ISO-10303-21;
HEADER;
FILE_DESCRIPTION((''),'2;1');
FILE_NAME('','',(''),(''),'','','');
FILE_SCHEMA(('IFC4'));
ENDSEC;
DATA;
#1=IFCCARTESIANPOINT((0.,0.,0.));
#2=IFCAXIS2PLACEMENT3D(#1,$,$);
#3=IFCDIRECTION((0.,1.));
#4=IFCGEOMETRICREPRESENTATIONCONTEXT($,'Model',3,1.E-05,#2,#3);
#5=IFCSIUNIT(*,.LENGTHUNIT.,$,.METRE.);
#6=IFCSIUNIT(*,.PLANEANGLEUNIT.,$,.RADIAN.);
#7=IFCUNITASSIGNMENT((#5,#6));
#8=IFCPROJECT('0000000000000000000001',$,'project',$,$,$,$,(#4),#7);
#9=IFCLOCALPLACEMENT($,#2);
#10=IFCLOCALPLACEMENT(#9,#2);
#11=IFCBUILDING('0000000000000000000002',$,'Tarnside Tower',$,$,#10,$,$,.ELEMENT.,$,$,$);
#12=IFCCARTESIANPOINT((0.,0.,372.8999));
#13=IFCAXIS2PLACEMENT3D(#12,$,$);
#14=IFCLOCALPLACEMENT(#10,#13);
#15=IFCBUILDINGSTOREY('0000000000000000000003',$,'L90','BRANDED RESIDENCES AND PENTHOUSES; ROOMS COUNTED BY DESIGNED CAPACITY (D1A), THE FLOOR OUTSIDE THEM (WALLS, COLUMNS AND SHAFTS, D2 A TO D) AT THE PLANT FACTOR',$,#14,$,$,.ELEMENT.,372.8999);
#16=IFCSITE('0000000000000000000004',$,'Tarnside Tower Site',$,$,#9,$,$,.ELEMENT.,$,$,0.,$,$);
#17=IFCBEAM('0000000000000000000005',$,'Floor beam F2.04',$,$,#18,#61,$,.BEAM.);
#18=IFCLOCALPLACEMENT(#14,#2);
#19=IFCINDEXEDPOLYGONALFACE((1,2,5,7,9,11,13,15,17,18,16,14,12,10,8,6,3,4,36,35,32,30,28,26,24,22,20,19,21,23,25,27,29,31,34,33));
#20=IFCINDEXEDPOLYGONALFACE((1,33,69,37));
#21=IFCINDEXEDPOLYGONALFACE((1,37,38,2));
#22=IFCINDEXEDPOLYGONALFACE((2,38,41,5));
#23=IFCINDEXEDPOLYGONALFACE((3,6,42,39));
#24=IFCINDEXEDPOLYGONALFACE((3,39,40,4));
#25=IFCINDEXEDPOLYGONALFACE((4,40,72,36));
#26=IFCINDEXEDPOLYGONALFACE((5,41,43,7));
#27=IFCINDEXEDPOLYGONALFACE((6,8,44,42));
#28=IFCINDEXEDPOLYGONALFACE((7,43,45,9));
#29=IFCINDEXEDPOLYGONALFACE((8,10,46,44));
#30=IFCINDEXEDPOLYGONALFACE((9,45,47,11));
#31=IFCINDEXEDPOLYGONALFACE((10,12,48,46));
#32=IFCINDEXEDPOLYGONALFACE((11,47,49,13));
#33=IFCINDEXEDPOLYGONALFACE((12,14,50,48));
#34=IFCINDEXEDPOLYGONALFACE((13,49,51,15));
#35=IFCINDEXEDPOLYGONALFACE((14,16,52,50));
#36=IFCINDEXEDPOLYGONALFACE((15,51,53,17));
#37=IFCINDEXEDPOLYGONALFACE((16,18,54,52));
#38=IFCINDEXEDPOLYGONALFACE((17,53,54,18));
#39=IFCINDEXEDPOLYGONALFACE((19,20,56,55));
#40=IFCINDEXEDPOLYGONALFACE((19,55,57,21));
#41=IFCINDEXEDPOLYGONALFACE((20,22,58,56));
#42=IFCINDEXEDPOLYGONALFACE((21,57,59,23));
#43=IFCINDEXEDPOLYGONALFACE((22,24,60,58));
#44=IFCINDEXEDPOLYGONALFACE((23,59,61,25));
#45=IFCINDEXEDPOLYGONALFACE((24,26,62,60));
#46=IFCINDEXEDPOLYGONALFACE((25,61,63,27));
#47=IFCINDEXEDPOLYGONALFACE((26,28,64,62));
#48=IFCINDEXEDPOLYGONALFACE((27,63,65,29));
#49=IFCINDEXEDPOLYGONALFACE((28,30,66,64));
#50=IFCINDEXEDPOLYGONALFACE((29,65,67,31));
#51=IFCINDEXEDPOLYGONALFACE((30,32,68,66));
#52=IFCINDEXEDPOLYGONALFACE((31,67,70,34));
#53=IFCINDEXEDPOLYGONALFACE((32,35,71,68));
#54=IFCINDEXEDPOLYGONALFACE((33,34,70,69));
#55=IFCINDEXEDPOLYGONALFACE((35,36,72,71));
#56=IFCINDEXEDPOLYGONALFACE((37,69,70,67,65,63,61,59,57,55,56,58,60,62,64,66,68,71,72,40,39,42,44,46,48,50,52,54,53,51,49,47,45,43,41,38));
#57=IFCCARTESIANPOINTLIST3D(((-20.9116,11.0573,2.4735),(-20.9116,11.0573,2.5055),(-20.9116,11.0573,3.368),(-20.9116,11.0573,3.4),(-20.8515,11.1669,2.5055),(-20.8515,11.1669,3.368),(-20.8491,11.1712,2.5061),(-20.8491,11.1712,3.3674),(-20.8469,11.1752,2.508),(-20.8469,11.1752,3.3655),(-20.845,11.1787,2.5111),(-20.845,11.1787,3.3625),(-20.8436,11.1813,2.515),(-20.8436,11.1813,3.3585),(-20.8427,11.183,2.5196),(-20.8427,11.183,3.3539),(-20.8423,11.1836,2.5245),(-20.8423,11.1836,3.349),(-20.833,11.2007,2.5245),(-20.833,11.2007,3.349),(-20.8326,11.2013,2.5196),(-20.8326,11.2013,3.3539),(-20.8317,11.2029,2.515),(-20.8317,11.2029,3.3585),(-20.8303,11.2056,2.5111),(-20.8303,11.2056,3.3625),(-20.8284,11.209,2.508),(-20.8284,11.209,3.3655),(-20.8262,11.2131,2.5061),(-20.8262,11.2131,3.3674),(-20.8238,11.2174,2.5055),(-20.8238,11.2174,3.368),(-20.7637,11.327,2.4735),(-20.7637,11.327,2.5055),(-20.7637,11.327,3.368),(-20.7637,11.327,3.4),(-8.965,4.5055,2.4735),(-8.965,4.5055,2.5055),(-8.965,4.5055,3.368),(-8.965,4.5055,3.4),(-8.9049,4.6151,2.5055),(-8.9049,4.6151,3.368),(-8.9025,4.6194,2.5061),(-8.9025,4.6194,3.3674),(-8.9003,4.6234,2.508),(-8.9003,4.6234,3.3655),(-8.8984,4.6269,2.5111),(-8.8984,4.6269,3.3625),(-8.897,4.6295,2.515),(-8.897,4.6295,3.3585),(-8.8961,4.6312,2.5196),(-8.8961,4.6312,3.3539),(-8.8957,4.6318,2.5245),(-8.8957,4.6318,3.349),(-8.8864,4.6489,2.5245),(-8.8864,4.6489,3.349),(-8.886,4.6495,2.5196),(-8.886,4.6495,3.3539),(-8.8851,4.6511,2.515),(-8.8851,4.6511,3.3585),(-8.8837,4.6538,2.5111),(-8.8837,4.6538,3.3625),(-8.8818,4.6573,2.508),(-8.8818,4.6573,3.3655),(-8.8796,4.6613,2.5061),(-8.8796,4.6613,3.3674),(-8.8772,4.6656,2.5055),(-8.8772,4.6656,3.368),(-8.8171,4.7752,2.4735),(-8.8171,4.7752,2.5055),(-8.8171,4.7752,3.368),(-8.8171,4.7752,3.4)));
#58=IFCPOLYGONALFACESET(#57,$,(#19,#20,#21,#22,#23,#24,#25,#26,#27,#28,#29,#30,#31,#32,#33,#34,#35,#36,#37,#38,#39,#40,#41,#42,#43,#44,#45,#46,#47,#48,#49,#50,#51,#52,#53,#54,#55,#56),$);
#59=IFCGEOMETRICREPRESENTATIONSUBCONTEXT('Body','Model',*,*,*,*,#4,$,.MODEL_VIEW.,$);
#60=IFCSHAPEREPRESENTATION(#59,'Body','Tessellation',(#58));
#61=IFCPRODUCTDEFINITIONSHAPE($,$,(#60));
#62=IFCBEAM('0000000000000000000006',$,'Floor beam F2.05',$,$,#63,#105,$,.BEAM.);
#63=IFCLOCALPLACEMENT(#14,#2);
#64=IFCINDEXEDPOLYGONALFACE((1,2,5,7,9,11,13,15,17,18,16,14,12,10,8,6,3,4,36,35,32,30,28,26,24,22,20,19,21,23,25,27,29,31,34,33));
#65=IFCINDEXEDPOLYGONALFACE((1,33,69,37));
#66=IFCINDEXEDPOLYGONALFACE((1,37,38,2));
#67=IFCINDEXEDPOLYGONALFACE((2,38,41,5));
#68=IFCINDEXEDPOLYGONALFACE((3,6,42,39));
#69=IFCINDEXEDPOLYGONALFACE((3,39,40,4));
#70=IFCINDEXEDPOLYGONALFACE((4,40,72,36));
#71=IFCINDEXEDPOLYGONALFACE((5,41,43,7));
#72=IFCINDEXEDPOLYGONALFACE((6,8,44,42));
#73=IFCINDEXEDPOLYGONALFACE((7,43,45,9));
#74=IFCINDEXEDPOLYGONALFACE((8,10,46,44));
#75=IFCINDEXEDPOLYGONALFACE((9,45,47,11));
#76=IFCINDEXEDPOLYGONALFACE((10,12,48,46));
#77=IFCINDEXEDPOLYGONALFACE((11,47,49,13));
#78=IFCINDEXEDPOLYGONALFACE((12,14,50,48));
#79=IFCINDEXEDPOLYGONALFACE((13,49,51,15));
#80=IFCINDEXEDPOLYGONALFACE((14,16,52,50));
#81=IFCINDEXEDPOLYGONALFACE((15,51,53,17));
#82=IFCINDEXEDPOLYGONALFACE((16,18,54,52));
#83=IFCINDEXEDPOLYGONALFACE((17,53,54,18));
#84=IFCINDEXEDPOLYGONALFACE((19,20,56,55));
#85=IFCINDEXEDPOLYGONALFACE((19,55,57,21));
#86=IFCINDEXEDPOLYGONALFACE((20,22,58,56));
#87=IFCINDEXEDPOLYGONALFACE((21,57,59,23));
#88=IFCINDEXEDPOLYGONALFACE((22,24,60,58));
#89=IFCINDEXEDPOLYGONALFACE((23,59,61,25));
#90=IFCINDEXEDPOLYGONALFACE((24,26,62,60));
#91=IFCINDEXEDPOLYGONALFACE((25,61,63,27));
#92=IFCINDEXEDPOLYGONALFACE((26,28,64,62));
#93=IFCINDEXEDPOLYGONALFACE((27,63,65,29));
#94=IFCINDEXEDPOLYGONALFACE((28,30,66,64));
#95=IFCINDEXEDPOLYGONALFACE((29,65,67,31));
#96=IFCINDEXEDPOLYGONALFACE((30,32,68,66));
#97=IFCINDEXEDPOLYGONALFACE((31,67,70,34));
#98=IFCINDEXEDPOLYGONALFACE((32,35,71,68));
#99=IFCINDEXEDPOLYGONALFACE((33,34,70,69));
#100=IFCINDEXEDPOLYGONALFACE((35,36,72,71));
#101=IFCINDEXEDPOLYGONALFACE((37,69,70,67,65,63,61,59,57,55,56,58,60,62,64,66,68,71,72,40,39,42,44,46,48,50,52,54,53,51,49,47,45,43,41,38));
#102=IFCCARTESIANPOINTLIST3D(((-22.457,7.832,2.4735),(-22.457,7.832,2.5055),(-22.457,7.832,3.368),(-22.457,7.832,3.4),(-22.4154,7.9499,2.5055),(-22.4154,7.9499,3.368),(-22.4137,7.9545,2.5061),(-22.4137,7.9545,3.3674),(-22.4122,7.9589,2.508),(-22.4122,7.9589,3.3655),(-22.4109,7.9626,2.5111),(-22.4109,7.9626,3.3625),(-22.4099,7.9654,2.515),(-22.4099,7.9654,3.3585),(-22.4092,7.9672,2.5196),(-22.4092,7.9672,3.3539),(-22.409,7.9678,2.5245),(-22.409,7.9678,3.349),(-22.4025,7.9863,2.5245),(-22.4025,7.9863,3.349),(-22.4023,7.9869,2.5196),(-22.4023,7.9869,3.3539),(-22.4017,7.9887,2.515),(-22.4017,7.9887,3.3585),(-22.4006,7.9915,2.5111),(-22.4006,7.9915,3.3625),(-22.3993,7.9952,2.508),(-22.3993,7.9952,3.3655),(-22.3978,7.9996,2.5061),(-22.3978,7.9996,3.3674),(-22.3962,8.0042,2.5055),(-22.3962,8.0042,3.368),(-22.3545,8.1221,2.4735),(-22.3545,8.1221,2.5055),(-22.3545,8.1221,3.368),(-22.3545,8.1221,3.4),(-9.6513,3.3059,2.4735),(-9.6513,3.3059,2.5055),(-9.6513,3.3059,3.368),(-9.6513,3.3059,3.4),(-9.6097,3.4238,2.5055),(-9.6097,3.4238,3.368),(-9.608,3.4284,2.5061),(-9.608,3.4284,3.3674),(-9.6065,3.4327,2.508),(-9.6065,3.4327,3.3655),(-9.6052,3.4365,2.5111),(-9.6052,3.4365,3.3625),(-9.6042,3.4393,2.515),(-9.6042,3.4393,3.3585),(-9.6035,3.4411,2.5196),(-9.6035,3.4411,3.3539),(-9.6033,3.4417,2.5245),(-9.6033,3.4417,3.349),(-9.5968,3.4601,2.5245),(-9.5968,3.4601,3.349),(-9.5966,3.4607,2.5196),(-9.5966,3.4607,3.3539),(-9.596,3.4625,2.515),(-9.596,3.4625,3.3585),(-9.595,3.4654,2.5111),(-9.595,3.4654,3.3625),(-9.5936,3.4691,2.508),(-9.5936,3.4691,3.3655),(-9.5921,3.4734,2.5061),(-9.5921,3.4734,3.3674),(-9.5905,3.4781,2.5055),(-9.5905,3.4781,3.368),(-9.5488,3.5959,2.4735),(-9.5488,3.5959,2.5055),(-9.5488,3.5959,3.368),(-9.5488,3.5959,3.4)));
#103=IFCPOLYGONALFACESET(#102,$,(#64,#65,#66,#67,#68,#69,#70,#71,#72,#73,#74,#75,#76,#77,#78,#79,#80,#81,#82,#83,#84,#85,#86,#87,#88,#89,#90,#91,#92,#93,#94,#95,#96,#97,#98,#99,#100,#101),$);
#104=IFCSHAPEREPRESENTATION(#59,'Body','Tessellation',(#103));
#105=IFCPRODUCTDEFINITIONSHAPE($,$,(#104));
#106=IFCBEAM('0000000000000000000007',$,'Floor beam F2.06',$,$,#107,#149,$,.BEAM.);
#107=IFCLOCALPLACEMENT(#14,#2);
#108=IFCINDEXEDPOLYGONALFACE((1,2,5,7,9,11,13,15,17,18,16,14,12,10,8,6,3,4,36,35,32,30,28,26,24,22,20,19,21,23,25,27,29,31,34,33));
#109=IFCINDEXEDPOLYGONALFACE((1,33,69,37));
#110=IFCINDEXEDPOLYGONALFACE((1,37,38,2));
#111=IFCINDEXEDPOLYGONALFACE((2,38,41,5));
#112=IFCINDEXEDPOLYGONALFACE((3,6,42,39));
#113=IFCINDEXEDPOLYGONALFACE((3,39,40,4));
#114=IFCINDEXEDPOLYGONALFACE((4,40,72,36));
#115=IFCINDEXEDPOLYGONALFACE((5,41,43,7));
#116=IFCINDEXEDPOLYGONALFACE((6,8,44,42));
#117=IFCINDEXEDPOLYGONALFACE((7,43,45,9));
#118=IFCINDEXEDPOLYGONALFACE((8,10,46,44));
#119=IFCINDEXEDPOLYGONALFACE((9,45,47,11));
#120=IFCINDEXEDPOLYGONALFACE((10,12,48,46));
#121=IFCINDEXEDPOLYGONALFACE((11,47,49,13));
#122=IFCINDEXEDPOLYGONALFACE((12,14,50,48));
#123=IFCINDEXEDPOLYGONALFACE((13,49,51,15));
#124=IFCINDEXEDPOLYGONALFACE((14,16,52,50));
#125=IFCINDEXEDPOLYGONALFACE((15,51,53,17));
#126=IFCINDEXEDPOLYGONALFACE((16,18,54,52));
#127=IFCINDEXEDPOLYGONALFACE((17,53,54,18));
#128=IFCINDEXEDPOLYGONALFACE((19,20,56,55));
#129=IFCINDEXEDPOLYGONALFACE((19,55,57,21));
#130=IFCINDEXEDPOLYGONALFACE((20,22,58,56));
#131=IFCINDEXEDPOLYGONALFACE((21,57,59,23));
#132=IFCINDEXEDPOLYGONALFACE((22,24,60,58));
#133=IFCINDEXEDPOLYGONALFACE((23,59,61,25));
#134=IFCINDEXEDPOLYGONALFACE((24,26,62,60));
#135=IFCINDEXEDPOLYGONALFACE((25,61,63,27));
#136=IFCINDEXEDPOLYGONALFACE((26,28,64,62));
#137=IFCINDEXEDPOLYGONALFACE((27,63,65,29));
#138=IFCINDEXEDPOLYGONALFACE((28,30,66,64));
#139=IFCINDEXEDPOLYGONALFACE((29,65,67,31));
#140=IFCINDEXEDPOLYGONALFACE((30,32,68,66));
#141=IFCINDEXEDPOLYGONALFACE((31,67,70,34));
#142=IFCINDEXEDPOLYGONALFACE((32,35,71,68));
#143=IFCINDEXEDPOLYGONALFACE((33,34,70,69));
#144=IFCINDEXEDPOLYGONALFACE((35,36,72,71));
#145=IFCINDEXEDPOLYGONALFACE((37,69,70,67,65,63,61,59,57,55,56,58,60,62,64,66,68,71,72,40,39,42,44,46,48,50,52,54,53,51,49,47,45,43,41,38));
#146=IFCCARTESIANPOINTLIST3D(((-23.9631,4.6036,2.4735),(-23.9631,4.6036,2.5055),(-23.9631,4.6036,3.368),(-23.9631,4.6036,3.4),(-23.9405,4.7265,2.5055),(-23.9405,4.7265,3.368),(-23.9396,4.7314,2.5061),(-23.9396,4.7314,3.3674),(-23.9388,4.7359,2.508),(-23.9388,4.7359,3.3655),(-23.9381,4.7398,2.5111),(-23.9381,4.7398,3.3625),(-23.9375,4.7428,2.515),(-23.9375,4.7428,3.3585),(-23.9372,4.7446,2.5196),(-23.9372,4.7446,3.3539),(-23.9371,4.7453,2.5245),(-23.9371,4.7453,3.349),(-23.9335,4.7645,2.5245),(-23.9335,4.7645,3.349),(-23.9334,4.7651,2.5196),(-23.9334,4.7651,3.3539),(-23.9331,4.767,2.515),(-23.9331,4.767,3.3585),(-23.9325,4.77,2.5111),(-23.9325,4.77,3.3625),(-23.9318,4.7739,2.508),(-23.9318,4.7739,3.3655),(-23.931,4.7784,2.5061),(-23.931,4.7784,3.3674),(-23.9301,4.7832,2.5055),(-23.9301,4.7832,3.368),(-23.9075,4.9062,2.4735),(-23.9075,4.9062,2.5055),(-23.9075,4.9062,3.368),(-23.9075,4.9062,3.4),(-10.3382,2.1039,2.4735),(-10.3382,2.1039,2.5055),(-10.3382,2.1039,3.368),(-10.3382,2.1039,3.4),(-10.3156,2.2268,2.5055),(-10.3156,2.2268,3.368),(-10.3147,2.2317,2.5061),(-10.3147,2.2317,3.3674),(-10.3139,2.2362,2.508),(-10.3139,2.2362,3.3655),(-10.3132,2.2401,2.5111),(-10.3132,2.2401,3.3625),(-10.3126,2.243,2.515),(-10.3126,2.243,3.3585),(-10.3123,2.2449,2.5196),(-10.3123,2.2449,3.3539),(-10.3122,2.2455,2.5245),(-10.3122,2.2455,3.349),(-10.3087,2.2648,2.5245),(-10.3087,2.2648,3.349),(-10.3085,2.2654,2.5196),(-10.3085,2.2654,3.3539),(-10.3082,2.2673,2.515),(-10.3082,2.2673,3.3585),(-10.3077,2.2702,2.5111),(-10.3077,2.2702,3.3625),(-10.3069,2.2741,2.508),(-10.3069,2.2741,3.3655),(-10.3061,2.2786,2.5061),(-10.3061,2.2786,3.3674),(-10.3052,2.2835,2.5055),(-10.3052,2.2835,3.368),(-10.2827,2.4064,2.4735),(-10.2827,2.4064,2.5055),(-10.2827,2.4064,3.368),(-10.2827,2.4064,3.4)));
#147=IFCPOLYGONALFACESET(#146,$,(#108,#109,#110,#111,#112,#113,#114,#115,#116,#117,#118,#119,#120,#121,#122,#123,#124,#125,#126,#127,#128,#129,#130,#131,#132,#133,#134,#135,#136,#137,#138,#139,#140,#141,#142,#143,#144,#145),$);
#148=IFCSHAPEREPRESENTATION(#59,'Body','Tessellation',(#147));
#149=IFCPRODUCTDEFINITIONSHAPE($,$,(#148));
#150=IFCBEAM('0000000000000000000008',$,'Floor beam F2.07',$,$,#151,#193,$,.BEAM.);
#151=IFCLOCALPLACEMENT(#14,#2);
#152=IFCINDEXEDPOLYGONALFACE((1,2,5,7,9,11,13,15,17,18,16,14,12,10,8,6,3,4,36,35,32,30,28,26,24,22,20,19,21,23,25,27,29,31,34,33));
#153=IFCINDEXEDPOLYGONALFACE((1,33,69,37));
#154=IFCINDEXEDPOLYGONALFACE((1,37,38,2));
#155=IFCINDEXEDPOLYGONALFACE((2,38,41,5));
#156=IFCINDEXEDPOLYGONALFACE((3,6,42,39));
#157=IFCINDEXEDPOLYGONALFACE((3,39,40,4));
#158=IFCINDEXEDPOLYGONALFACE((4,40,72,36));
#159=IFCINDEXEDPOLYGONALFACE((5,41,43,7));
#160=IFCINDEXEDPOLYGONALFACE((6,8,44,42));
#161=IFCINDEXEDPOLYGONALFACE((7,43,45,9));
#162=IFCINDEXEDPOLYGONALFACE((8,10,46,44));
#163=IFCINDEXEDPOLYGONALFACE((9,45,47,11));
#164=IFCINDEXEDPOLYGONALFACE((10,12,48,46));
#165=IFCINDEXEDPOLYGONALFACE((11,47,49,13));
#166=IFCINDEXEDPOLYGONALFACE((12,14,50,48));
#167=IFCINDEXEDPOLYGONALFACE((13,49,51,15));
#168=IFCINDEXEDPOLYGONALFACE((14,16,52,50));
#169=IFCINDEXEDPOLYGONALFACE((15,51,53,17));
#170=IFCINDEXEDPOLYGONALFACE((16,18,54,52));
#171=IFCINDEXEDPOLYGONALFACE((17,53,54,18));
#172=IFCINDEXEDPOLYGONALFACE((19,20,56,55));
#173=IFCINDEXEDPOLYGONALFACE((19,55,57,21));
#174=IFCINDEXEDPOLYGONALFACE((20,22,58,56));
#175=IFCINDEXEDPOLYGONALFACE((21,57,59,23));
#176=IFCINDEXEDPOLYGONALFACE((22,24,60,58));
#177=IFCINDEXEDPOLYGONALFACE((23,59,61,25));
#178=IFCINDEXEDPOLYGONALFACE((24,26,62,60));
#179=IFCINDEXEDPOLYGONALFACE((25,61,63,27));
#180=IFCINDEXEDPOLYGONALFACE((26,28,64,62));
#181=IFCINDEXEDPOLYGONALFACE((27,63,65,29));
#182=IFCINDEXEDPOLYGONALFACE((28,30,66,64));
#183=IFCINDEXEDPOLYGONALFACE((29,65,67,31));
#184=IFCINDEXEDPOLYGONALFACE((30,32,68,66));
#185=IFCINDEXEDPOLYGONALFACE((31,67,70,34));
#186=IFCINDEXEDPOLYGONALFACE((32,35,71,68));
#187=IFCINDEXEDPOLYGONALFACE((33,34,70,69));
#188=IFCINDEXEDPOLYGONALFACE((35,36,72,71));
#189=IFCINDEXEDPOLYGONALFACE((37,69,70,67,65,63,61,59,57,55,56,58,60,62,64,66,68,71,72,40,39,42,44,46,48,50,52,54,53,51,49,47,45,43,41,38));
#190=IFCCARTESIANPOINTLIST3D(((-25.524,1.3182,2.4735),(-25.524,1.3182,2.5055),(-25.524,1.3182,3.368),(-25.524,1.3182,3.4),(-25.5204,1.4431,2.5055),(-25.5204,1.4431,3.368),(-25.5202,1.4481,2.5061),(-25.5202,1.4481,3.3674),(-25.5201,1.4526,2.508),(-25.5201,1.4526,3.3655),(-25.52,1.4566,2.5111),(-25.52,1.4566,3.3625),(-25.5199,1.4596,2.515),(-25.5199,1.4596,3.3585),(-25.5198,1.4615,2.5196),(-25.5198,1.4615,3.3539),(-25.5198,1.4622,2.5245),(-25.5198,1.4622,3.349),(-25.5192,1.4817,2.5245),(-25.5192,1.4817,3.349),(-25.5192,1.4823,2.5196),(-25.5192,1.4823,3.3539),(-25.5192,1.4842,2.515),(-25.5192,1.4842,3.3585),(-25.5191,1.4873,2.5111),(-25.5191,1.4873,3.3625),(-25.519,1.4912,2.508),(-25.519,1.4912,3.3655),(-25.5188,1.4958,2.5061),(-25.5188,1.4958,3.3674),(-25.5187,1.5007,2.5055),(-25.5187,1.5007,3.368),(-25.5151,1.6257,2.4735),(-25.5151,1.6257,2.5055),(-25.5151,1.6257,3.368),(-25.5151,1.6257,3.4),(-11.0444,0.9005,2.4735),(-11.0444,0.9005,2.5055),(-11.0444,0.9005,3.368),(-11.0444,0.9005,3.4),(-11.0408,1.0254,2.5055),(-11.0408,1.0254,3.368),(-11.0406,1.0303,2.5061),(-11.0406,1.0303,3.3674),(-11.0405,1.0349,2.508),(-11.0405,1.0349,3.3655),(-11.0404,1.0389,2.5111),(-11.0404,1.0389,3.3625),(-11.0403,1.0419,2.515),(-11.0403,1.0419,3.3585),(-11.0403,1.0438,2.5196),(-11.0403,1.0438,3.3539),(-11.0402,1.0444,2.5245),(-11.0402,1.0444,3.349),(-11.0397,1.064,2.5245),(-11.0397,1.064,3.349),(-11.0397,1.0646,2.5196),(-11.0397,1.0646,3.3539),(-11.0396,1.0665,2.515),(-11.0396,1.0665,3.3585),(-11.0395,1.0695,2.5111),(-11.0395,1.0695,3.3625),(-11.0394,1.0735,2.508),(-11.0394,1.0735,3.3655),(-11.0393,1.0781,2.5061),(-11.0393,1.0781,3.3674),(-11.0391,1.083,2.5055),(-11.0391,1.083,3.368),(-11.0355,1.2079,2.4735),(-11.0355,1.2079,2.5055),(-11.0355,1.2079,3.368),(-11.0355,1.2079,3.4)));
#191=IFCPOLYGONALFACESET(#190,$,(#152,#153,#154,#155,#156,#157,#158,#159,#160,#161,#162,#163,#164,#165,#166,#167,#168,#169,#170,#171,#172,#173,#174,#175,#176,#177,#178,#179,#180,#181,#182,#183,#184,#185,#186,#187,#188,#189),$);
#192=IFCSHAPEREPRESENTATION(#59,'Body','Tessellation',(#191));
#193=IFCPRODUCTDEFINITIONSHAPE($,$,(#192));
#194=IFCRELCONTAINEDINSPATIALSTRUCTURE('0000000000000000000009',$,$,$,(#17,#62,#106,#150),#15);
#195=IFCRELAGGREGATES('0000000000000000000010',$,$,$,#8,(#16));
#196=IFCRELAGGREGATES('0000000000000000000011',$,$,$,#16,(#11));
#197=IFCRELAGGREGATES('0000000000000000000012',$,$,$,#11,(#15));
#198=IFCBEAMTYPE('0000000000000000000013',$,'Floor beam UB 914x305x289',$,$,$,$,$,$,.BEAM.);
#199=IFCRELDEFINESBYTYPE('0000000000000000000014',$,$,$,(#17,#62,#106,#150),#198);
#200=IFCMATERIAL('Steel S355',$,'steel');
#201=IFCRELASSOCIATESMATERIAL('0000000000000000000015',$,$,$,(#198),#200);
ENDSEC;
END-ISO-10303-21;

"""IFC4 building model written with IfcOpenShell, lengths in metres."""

from ifc_helpers import new_model, si_unit, direction, frame, origin, origin_2d, place, context, subcontext, project, spatial, i_section, extrude, material, material_profile, profile_set, type_object, element, save


model = new_model("IFC4")

# Units and contexts
model_context = context("Model", 3, precision=1e-05, world=origin(), true_north=direction((0.0, 1.0)))
body_context = subcontext(model_context, "Body", "Model", "MODEL_VIEW")
ifc_project = project(units=[si_unit("LENGTHUNIT", "METRE"), si_unit("PLANEANGLEUNIT", "RADIAN")], contexts=[model_context])

# Site, building, storey
site_placement = place(None, origin())
site = spatial("IfcSite", under=ifc_project, at=site_placement, Name="Tarnside Tower Site", CompositionType="ELEMENT", RefElevation=0.0)
building_placement = place(site_placement, origin())
building = spatial("IfcBuilding", under=site, at=building_placement, Name="Tarnside Tower", CompositionType="ELEMENT")
storey_placement = place(building_placement, frame((0.0, 0.0, 372.8999)))
storey = spatial("IfcBuildingStorey", under=building, at=storey_placement, Name="L90", Description="BRANDED RESIDENCES AND PENTHOUSES; ROOMS COUNTED BY DESIGNED CAPACITY (D1A), THE FLOOR OUTSIDE THEM (WALLS, COLUMNS AND SHAFTS, D2 A TO D) AT THE PLANT FACTOR", CompositionType="ELEMENT", Elevation=372.8999)

# Beams
ifc_material_1 = material(Name="Steel S355", Category="steel")
ifc_material_profile = material_profile(ifc_material_1, i_section(OverallWidth=0.3076, OverallDepth=0.9265, WebThickness=0.0195, FlangeThickness=0.032, FilletRadius=0.019, at=origin_2d()), Name="UB 914x305x289")
ifc_profile_set = profile_set([ifc_material_profile], Name="Steel S355")
beam_type = type_object("IfcBeamType", Name="Floor beam UB 914x305x289", PredefinedType="BEAM", material=ifc_profile_set)
beam_1_placement = place(storey_placement, frame((-20.8376, 11.1921, 2.9368), z_axis=(0.876799, -0.480857, 0.0), x_axis=(0.480857, 0.876799, 0.0)))
element("IfcBeam", 1, at=beam_1_placement, inside=storey, type_object=beam_type, Name="Floor beam F2.04", PredefinedType="BEAM", context=body_context, shape_type="SweptSolid", body=[
    extrude(i_section(OverallWidth=0.3076, OverallDepth=0.9265, WebThickness=0.0195, FlangeThickness=0.032, FilletRadius=0.019, at=origin_2d()), origin(), (0.0, 0.0, 1.0), 13.6252),
])
beam_2_placement = place(storey_placement, frame((-22.4058, 7.9771, 2.9368), z_axis=(0.942841, -0.333244, 0.0), x_axis=(0.333244, 0.942841, 0.0)))
element("IfcBeam", 2, at=beam_2_placement, inside=storey, type_object=beam_type, Name="Floor beam F2.05", PredefinedType="BEAM", context=body_context, shape_type="SweptSolid", body=[
    extrude(i_section(OverallWidth=0.3076, OverallDepth=0.9265, WebThickness=0.0195, FlangeThickness=0.032, FilletRadius=0.019, at=origin_2d()), origin(), (0.0, 0.0, 1.0), 13.582),
])
beam_3_placement = place(storey_placement, frame((-23.9353, 4.7549, 2.9368), z_axis=(0.983583, -0.180456, 0.0), x_axis=(0.180456, 0.983583, 0.0)))
element("IfcBeam", 3, at=beam_3_placement, inside=storey, type_object=beam_type, Name="Floor beam F2.06", PredefinedType="BEAM", context=body_context, shape_type="SweptSolid", body=[
    extrude(i_section(OverallWidth=0.3076, OverallDepth=0.9265, WebThickness=0.0195, FlangeThickness=0.032, FilletRadius=0.019, at=origin_2d()), origin(), (0.0, 0.0, 1.0), 13.8523),
])
beam_4_placement = place(storey_placement, frame((-25.5195, 1.4719, 2.9368), z_axis=(0.999584, -0.028837, 0.0), x_axis=(0.028837, 0.999584, 0.0)))
element("IfcBeam", 4, at=beam_4_placement, inside=storey, type_object=beam_type, Name="Floor beam F2.07", PredefinedType="BEAM", context=body_context, shape_type="SweptSolid", body=[
    extrude(i_section(OverallWidth=0.3076, OverallDepth=0.9265, WebThickness=0.0195, FlangeThickness=0.032, FilletRadius=0.019, at=origin_2d()), origin(), (0.0, 0.0, 1.0), 14.4856),
])

save(model, "model.ifc")
